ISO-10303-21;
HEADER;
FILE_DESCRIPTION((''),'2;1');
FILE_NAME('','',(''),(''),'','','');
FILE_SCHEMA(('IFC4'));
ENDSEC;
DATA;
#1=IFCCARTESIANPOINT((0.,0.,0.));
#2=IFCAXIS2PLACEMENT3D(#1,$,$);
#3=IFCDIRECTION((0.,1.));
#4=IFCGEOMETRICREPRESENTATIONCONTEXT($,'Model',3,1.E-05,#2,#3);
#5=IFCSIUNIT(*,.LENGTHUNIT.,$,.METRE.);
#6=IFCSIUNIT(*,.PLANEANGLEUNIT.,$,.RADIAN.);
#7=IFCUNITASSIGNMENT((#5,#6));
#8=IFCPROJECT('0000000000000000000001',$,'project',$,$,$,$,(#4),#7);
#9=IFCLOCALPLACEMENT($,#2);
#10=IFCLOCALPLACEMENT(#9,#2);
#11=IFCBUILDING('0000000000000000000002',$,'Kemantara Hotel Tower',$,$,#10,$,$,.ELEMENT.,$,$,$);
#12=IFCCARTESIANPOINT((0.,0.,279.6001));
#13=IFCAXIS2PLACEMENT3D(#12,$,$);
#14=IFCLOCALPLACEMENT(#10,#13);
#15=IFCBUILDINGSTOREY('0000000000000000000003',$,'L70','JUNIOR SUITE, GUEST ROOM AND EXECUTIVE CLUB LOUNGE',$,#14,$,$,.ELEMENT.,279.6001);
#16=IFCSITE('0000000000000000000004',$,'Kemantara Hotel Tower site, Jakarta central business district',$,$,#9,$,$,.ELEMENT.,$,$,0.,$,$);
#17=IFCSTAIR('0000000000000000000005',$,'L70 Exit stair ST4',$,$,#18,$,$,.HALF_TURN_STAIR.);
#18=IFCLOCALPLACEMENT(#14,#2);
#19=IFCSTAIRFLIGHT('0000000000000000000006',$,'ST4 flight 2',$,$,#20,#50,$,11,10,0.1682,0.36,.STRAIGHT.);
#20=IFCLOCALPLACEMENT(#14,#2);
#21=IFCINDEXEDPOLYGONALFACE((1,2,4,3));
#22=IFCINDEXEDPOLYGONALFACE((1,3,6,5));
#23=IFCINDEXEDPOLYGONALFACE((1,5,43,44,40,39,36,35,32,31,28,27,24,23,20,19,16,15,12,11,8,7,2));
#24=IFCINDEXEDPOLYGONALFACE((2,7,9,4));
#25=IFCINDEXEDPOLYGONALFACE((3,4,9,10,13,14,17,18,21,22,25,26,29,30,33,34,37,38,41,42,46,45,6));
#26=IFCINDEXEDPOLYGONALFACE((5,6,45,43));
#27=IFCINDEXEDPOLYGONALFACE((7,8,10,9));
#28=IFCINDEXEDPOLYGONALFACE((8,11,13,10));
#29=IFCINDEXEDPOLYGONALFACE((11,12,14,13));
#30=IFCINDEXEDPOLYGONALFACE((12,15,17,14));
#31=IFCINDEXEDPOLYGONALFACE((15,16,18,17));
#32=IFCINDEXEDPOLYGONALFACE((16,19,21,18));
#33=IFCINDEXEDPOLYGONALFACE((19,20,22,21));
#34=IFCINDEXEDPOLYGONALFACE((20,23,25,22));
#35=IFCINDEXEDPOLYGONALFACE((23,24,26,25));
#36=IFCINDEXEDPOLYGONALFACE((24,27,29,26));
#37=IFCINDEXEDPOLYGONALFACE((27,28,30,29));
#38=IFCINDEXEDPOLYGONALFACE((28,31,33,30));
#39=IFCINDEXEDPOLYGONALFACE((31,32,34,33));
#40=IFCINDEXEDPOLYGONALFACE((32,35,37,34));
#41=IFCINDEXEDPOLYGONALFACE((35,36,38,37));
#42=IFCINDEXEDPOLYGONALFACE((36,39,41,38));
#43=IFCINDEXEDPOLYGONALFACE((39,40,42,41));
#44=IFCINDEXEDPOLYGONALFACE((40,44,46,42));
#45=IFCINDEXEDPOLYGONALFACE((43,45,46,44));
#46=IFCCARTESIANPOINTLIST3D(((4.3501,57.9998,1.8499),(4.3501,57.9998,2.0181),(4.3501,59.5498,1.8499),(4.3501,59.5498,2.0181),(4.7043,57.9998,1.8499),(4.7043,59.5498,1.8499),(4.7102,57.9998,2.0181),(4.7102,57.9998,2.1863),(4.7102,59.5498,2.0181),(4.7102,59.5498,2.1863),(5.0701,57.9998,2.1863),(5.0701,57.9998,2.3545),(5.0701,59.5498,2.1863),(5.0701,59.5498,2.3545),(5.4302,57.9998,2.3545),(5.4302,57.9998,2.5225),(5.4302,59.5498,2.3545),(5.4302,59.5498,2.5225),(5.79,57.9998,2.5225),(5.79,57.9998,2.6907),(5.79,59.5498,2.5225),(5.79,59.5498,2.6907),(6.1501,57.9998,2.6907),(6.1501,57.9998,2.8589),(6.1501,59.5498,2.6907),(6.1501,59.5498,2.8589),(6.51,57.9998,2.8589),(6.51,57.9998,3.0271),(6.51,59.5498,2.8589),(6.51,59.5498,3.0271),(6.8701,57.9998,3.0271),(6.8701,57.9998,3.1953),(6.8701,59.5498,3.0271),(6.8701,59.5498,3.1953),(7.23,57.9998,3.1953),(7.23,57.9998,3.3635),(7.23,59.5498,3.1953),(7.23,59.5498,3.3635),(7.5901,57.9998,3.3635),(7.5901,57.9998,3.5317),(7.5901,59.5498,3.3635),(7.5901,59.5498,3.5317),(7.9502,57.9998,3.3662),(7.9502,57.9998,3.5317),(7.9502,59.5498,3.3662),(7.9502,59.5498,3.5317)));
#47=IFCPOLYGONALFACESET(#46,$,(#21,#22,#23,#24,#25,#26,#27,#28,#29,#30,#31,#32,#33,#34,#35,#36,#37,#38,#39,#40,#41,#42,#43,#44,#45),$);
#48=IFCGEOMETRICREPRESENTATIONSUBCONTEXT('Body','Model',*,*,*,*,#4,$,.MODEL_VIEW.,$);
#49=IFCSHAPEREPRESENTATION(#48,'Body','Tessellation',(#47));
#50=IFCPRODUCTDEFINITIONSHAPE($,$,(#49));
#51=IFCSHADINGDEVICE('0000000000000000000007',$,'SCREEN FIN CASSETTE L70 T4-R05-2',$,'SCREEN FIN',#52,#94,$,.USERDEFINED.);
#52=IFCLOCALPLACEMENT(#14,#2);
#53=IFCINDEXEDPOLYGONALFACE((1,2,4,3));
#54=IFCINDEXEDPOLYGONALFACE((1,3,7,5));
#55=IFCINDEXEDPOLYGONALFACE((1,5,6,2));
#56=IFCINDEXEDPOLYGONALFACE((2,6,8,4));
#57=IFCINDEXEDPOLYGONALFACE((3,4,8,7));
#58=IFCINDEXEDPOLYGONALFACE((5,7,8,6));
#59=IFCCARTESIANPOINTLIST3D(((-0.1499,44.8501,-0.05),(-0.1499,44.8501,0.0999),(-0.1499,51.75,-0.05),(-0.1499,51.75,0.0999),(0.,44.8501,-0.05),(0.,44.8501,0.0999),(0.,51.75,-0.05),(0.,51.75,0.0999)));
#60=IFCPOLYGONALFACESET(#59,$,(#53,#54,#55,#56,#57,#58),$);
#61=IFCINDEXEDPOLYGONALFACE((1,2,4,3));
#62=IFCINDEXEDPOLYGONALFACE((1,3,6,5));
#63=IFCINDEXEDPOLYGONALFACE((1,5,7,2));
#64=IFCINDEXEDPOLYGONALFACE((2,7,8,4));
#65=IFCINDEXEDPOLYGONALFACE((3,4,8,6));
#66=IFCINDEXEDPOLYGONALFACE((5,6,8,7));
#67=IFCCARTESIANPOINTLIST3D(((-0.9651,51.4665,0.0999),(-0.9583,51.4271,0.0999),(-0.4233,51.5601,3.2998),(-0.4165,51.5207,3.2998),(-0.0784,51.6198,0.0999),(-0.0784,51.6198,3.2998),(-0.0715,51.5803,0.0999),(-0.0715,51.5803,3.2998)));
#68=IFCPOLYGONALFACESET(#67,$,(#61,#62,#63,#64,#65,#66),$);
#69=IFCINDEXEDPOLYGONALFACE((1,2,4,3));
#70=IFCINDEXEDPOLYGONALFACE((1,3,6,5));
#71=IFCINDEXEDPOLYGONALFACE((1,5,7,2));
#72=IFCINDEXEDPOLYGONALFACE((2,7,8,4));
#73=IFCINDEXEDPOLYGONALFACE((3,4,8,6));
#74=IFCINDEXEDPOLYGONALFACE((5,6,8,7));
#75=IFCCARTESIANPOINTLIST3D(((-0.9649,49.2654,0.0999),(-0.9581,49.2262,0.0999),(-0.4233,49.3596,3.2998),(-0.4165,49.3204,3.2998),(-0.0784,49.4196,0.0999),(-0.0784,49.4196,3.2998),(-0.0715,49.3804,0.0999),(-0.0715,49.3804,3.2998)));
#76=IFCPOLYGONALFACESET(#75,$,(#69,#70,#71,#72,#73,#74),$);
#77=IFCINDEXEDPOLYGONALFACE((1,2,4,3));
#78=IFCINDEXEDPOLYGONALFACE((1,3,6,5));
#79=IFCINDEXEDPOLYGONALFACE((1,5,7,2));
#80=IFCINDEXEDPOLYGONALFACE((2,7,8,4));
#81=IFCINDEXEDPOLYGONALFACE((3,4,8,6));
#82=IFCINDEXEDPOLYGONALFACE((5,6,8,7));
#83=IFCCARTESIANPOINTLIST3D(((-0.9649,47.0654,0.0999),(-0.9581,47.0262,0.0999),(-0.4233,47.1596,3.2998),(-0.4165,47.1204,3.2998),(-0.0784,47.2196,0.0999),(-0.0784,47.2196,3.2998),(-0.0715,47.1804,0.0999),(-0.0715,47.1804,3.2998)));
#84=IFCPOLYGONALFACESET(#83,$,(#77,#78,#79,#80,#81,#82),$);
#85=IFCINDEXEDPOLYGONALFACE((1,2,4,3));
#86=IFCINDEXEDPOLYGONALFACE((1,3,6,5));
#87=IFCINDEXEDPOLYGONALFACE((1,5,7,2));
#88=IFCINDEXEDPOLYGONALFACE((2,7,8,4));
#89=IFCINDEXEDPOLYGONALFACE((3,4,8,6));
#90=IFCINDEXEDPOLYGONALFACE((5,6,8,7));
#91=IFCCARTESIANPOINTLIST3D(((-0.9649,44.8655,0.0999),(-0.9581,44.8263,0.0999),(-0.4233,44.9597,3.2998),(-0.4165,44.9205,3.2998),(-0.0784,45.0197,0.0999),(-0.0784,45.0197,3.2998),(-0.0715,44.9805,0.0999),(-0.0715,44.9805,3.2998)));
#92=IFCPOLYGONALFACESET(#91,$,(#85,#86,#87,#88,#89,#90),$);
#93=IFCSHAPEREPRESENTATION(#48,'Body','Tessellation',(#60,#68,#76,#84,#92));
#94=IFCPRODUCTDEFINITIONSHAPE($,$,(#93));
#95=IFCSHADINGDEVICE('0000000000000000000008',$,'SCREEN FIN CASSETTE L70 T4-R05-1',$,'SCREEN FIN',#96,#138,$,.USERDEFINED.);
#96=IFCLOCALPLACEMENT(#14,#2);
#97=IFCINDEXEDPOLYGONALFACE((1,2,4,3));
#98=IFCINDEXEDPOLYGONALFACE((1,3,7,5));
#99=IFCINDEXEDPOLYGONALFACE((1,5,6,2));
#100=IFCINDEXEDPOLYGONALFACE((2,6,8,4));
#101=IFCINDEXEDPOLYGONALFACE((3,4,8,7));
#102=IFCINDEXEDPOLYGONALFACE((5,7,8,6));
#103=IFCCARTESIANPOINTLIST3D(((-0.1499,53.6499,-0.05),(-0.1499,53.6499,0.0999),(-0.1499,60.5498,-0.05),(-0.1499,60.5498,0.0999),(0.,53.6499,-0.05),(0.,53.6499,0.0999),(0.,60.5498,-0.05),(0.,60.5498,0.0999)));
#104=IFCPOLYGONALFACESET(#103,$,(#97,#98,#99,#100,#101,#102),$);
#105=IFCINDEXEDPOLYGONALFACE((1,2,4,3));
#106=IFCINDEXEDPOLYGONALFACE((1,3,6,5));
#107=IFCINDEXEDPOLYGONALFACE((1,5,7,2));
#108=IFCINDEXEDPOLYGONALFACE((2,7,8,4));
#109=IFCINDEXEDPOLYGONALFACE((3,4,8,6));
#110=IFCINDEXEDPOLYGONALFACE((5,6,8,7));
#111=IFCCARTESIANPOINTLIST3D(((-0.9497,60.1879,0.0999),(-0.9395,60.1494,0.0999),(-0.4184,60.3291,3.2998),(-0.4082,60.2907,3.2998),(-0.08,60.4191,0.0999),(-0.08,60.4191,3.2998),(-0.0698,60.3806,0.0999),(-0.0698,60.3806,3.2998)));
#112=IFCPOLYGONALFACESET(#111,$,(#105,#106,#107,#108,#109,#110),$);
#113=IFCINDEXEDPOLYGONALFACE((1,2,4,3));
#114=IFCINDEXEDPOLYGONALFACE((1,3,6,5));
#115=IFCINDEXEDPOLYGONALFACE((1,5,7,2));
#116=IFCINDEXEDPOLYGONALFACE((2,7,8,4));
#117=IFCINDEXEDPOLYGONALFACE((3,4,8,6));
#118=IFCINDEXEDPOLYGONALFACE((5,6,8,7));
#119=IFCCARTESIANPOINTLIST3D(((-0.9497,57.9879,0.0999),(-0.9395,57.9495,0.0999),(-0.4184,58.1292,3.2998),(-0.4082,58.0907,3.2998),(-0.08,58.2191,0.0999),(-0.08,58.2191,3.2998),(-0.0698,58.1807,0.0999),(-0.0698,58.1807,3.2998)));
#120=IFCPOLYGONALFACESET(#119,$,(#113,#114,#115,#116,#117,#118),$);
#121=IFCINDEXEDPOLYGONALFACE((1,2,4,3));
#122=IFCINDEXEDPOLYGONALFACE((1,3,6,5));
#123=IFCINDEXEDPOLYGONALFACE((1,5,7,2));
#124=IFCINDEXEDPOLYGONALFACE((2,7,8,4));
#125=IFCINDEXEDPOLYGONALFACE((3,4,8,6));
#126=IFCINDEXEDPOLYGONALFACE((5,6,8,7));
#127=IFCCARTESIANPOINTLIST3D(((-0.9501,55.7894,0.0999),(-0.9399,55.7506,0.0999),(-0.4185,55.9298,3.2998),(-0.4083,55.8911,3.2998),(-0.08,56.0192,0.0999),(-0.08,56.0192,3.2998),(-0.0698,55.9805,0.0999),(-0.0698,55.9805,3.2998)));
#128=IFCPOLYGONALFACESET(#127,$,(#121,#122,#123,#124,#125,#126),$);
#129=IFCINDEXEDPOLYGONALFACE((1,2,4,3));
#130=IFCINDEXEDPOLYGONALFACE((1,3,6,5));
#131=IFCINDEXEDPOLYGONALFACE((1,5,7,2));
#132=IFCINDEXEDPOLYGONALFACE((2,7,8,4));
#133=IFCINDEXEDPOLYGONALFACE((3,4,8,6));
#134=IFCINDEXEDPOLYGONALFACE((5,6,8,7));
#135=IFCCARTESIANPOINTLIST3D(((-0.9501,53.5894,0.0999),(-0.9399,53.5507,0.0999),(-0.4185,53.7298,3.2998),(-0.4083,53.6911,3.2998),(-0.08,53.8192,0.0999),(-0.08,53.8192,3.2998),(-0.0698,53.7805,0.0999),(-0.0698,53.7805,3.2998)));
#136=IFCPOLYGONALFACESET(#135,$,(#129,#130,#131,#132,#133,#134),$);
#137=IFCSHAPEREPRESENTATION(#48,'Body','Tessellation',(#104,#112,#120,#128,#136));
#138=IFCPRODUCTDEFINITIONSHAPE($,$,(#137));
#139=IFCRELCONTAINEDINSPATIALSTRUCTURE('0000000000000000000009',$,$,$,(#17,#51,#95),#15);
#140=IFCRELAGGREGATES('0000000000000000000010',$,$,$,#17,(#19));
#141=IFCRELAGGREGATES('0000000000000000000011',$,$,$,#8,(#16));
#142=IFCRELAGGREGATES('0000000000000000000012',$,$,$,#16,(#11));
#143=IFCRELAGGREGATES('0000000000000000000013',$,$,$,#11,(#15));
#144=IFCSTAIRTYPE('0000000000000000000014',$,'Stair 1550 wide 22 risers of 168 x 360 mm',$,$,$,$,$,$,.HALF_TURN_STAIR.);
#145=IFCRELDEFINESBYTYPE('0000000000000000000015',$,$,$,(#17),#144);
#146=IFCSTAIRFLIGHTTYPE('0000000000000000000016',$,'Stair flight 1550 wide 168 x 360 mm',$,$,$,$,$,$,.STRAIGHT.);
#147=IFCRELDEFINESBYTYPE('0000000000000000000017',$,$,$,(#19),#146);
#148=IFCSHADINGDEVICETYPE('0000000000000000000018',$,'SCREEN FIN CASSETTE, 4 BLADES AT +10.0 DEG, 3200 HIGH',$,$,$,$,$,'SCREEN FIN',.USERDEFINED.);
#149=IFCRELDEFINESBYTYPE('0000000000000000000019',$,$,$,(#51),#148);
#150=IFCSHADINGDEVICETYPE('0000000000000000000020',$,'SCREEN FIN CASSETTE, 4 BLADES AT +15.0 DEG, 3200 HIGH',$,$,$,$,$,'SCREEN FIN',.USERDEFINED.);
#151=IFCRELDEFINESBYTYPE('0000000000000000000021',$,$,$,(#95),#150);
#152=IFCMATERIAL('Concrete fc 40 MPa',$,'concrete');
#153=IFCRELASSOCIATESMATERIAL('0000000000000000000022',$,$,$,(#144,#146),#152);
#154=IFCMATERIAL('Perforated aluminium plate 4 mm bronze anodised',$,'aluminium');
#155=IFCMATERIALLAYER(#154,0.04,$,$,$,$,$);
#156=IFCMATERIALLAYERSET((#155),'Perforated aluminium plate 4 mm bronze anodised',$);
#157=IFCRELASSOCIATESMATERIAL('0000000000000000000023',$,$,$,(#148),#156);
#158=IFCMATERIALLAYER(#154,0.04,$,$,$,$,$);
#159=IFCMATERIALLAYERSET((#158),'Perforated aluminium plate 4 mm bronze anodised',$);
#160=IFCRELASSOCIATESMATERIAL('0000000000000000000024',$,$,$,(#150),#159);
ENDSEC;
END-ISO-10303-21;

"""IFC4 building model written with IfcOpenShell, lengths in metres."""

from ifc_helpers import new_model, si_unit, direction, frame, origin, origin_2d, place, context, subcontext, project, spatial, polyline, rectangle, outline, extrude, source, transform, mapped, material, layer, layer_set, type_object, element, aggregate, save


model = new_model("IFC4")

# Units and contexts
model_context = context("Model", 3, precision=1e-05, world=origin(), true_north=direction((0.0, 1.0)))
body_context = subcontext(model_context, "Body", "Model", "MODEL_VIEW")
ifc_project = project(units=[si_unit("LENGTHUNIT", "METRE"), si_unit("PLANEANGLEUNIT", "RADIAN")], contexts=[model_context])

# Site, building, storey
site_placement = place(None, origin())
site = spatial("IfcSite", under=ifc_project, at=site_placement, Name="Kemantara Hotel Tower site, Jakarta central business district", CompositionType="ELEMENT", RefElevation=0.0)
building_placement = place(site_placement, origin())
building = spatial("IfcBuilding", under=site, at=building_placement, Name="Kemantara Hotel Tower", CompositionType="ELEMENT")
storey_placement = place(building_placement, frame((0.0, 0.0, 279.6001)))
storey = spatial("IfcBuildingStorey", under=building, at=storey_placement, Name="L70", Description="JUNIOR SUITE, GUEST ROOM AND EXECUTIVE CLUB LOUNGE", CompositionType="ELEMENT", Elevation=279.6001)

# Shared definitions
ifc_material_1 = material(Name="Concrete fc 40 MPa", Category="concrete")

# Stair, stair flight
stair_type = type_object("IfcStairType", Name="Stair 1550 wide 22 risers of 168 x 360 mm", PredefinedType="HALF_TURN_STAIR", material=ifc_material_1)
stair_placement = place(storey_placement, origin())
stair = element("IfcStair", 1, at=stair_placement, inside=storey, type_object=stair_type, Name="L70 Exit stair ST4", PredefinedType="HALF_TURN_STAIR")
stair_flight_type = type_object("IfcStairFlightType", Name="Stair flight 1550 wide 168 x 360 mm", PredefinedType="STRAIGHT", material=ifc_material_1)
stair_flight_placement = place(storey_placement, frame((4.3501, 58.7749, 1.8499), z_axis=(0.0, 0.0, 1.0), x_axis=(1.0, 0.0, 0.0)))
stair_flight = element("IfcStairFlight", 2, at=stair_flight_placement, type_object=stair_flight_type, Name="ST4 flight 2", NumberOfRisers=11, NumberOfTreads=10, PredefinedType="STRAIGHT", RiserHeight=0.1682, TreadLength=0.36, context=body_context, shape_type="SweptSolid", body=[
    extrude(outline(polyline([(0.0, 0.0), (0.0, 0.1682), (0.3601, 0.1682), (0.3601, 0.3364), (0.72, 0.3364), (0.72, 0.5046), (1.0801, 0.5046), (1.0801, 0.6726), (1.4399, 0.6726), (1.4399, 0.8408), (1.8, 0.8408), (1.8, 1.009), (2.1599, 1.009), (2.1599, 1.1772), (2.52, 1.1772), (2.52, 1.3455), (2.8799, 1.3455), (2.8799, 1.5137), (3.24, 1.5137), (3.24, 1.6819), (3.6001, 1.6819), (3.6001, 1.8501), (3.6001, 1.5164), (0.3542, 0.0), (0.0, 0.0)])), frame((0.0, 0.7749, 0.0), z_axis=(0.0, -1.0, 0.0), x_axis=(1.0, 0.0, 0.0)), (0.0, 0.0, 1.0), 1.55),
])
aggregate(stair, [stair_flight])

# Shading devices
ifc_material_2 = material(Name="Perforated aluminium plate 4 mm bronze anodised", Category="aluminium")
ifc_layer_1 = layer(ifc_material_2, 0.04)
ifc_layer_set_1 = layer_set([ifc_layer_1], Name="Perforated aluminium plate 4 mm bronze anodised")
shading_device_type_1 = type_object("IfcShadingDeviceType", Name="SCREEN FIN CASSETTE, 4 BLADES AT +10.0 DEG, 3200 HIGH", ElementType="SCREEN FIN", PredefinedType="USERDEFINED", material=ifc_layer_set_1)
shared_shape_1 = source(origin(), body_context, "Body", "SweptSolid", [
    extrude(rectangle(XDim=6.8999, YDim=0.1499, at=origin_2d()), frame((3.3, -0.075, -0.1499), z_axis=(0.0, 0.0, 1.0), x_axis=(1.0, 0.0, 0.0)), (0.0, 0.0, 1.0), 0.1499),
    extrude(outline(polyline([(0.0, 0.0), (0.8999, 0.0), (0.3501, 3.2), (0.0, 3.2), (0.0, 0.0)])), frame((0.0198, -0.0715, 0.0), z_axis=(-0.98539, -0.170314, 0.0), x_axis=(0.170314, -0.98539, 0.0)), (0.0, 0.0, 1.0), 0.04),
    extrude(outline(polyline([(0.0, 0.0), (0.8999, 0.0), (0.3501, 3.2), (0.0, 3.2), (0.0, 0.0)])), frame((2.2197, -0.0715, 0.0), z_axis=(-0.985212, -0.171341, 0.0), x_axis=(0.171341, -0.985212, 0.0)), (0.0, 0.0, 1.0), 0.0398),
    extrude(outline(polyline([(0.0, 0.0), (0.8999, 0.0), (0.3501, 3.2), (0.0, 3.2), (0.0, 0.0)])), frame((4.4197, -0.0715, 0.0), z_axis=(-0.985212, -0.171341, 0.0), x_axis=(0.171341, -0.985212, 0.0)), (0.0, 0.0, 1.0), 0.0398),
    extrude(outline(polyline([(0.0, 0.0), (0.8999, 0.0), (0.3501, 3.2), (0.0, 3.2), (0.0, 0.0)])), frame((6.6196, -0.0715, 0.0), z_axis=(-0.985212, -0.171341, 0.0), x_axis=(0.171341, -0.985212, 0.0)), (0.0, 0.0, 1.0), 0.0398),
])
shading_device_1_placement = place(storey_placement, frame((0.0, 51.6001, 0.0999), z_axis=(0.0, 0.0, 1.0), x_axis=(0.0, -1.0, 0.0)))
element("IfcShadingDevice", 3, at=shading_device_1_placement, inside=storey, type_object=shading_device_type_1, Name="SCREEN FIN CASSETTE L70 T4-R05-2", ObjectType="SCREEN FIN", PredefinedType="USERDEFINED", context=body_context, shape_type="MappedRepresentation", body=[
    mapped(shared_shape_1, transform((0.0, 0.0, 0.0))),
])
ifc_layer_2 = layer(ifc_material_2, 0.04)
ifc_layer_set_2 = layer_set([ifc_layer_2], Name="Perforated aluminium plate 4 mm bronze anodised")
shading_device_type_2 = type_object("IfcShadingDeviceType", Name="SCREEN FIN CASSETTE, 4 BLADES AT +15.0 DEG, 3200 HIGH", ElementType="SCREEN FIN", PredefinedType="USERDEFINED", material=ifc_layer_set_2)
shared_shape_2 = source(origin(), body_context, "Body", "SweptSolid", [
    extrude(rectangle(XDim=6.8999, YDim=0.1499, at=origin_2d()), frame((3.3, -0.075, -0.1499), z_axis=(0.0, 0.0, 1.0), x_axis=(1.0, 0.0, 0.0)), (0.0, 0.0, 1.0), 0.1499),
    extrude(outline(polyline([(0.0, 0.0), (0.8999, 0.0), (0.3501, 3.2), (0.0, 3.2), (0.0, 0.0)])), frame((0.0193, -0.0698, 0.0), z_axis=(-0.966438, -0.256901, 0.0), x_axis=(0.256901, -0.966438, 0.0)), (0.0, 0.0, 1.0), 0.0398),
    extrude(outline(polyline([(0.0, 0.0), (0.8999, 0.0), (0.3501, 3.2), (0.0, 3.2), (0.0, 0.0)])), frame((2.2192, -0.0698, 0.0), z_axis=(-0.966438, -0.256901, 0.0), x_axis=(0.256901, -0.966438, 0.0)), (0.0, 0.0, 1.0), 0.0398),
    extrude(outline(polyline([(0.0, 0.0), (0.8999, 0.0), (0.3501, 3.2), (0.0, 3.2), (0.0, 0.0)])), frame((4.4194, -0.0698, 0.0), z_axis=(-0.966838, -0.255391, 0.0), x_axis=(0.255391, -0.966838, 0.0)), (0.0, 0.0, 1.0), 0.04),
    extrude(outline(polyline([(0.0, 0.0), (0.8999, 0.0), (0.3501, 3.2), (0.0, 3.2), (0.0, 0.0)])), frame((6.6194, -0.0698, 0.0), z_axis=(-0.966838, -0.255391, 0.0), x_axis=(0.255391, -0.966838, 0.0)), (0.0, 0.0, 1.0), 0.04),
])
shading_device_2_placement = place(storey_placement, frame((0.0, 60.3999, 0.0999), z_axis=(0.0, 0.0, 1.0), x_axis=(0.0, -1.0, 0.0)))
element("IfcShadingDevice", 4, at=shading_device_2_placement, inside=storey, type_object=shading_device_type_2, Name="SCREEN FIN CASSETTE L70 T4-R05-1", ObjectType="SCREEN FIN", PredefinedType="USERDEFINED", context=body_context, shape_type="MappedRepresentation", body=[
    mapped(shared_shape_2, transform((0.0, 0.0, 0.0))),
])

save(model, "model.ifc")
